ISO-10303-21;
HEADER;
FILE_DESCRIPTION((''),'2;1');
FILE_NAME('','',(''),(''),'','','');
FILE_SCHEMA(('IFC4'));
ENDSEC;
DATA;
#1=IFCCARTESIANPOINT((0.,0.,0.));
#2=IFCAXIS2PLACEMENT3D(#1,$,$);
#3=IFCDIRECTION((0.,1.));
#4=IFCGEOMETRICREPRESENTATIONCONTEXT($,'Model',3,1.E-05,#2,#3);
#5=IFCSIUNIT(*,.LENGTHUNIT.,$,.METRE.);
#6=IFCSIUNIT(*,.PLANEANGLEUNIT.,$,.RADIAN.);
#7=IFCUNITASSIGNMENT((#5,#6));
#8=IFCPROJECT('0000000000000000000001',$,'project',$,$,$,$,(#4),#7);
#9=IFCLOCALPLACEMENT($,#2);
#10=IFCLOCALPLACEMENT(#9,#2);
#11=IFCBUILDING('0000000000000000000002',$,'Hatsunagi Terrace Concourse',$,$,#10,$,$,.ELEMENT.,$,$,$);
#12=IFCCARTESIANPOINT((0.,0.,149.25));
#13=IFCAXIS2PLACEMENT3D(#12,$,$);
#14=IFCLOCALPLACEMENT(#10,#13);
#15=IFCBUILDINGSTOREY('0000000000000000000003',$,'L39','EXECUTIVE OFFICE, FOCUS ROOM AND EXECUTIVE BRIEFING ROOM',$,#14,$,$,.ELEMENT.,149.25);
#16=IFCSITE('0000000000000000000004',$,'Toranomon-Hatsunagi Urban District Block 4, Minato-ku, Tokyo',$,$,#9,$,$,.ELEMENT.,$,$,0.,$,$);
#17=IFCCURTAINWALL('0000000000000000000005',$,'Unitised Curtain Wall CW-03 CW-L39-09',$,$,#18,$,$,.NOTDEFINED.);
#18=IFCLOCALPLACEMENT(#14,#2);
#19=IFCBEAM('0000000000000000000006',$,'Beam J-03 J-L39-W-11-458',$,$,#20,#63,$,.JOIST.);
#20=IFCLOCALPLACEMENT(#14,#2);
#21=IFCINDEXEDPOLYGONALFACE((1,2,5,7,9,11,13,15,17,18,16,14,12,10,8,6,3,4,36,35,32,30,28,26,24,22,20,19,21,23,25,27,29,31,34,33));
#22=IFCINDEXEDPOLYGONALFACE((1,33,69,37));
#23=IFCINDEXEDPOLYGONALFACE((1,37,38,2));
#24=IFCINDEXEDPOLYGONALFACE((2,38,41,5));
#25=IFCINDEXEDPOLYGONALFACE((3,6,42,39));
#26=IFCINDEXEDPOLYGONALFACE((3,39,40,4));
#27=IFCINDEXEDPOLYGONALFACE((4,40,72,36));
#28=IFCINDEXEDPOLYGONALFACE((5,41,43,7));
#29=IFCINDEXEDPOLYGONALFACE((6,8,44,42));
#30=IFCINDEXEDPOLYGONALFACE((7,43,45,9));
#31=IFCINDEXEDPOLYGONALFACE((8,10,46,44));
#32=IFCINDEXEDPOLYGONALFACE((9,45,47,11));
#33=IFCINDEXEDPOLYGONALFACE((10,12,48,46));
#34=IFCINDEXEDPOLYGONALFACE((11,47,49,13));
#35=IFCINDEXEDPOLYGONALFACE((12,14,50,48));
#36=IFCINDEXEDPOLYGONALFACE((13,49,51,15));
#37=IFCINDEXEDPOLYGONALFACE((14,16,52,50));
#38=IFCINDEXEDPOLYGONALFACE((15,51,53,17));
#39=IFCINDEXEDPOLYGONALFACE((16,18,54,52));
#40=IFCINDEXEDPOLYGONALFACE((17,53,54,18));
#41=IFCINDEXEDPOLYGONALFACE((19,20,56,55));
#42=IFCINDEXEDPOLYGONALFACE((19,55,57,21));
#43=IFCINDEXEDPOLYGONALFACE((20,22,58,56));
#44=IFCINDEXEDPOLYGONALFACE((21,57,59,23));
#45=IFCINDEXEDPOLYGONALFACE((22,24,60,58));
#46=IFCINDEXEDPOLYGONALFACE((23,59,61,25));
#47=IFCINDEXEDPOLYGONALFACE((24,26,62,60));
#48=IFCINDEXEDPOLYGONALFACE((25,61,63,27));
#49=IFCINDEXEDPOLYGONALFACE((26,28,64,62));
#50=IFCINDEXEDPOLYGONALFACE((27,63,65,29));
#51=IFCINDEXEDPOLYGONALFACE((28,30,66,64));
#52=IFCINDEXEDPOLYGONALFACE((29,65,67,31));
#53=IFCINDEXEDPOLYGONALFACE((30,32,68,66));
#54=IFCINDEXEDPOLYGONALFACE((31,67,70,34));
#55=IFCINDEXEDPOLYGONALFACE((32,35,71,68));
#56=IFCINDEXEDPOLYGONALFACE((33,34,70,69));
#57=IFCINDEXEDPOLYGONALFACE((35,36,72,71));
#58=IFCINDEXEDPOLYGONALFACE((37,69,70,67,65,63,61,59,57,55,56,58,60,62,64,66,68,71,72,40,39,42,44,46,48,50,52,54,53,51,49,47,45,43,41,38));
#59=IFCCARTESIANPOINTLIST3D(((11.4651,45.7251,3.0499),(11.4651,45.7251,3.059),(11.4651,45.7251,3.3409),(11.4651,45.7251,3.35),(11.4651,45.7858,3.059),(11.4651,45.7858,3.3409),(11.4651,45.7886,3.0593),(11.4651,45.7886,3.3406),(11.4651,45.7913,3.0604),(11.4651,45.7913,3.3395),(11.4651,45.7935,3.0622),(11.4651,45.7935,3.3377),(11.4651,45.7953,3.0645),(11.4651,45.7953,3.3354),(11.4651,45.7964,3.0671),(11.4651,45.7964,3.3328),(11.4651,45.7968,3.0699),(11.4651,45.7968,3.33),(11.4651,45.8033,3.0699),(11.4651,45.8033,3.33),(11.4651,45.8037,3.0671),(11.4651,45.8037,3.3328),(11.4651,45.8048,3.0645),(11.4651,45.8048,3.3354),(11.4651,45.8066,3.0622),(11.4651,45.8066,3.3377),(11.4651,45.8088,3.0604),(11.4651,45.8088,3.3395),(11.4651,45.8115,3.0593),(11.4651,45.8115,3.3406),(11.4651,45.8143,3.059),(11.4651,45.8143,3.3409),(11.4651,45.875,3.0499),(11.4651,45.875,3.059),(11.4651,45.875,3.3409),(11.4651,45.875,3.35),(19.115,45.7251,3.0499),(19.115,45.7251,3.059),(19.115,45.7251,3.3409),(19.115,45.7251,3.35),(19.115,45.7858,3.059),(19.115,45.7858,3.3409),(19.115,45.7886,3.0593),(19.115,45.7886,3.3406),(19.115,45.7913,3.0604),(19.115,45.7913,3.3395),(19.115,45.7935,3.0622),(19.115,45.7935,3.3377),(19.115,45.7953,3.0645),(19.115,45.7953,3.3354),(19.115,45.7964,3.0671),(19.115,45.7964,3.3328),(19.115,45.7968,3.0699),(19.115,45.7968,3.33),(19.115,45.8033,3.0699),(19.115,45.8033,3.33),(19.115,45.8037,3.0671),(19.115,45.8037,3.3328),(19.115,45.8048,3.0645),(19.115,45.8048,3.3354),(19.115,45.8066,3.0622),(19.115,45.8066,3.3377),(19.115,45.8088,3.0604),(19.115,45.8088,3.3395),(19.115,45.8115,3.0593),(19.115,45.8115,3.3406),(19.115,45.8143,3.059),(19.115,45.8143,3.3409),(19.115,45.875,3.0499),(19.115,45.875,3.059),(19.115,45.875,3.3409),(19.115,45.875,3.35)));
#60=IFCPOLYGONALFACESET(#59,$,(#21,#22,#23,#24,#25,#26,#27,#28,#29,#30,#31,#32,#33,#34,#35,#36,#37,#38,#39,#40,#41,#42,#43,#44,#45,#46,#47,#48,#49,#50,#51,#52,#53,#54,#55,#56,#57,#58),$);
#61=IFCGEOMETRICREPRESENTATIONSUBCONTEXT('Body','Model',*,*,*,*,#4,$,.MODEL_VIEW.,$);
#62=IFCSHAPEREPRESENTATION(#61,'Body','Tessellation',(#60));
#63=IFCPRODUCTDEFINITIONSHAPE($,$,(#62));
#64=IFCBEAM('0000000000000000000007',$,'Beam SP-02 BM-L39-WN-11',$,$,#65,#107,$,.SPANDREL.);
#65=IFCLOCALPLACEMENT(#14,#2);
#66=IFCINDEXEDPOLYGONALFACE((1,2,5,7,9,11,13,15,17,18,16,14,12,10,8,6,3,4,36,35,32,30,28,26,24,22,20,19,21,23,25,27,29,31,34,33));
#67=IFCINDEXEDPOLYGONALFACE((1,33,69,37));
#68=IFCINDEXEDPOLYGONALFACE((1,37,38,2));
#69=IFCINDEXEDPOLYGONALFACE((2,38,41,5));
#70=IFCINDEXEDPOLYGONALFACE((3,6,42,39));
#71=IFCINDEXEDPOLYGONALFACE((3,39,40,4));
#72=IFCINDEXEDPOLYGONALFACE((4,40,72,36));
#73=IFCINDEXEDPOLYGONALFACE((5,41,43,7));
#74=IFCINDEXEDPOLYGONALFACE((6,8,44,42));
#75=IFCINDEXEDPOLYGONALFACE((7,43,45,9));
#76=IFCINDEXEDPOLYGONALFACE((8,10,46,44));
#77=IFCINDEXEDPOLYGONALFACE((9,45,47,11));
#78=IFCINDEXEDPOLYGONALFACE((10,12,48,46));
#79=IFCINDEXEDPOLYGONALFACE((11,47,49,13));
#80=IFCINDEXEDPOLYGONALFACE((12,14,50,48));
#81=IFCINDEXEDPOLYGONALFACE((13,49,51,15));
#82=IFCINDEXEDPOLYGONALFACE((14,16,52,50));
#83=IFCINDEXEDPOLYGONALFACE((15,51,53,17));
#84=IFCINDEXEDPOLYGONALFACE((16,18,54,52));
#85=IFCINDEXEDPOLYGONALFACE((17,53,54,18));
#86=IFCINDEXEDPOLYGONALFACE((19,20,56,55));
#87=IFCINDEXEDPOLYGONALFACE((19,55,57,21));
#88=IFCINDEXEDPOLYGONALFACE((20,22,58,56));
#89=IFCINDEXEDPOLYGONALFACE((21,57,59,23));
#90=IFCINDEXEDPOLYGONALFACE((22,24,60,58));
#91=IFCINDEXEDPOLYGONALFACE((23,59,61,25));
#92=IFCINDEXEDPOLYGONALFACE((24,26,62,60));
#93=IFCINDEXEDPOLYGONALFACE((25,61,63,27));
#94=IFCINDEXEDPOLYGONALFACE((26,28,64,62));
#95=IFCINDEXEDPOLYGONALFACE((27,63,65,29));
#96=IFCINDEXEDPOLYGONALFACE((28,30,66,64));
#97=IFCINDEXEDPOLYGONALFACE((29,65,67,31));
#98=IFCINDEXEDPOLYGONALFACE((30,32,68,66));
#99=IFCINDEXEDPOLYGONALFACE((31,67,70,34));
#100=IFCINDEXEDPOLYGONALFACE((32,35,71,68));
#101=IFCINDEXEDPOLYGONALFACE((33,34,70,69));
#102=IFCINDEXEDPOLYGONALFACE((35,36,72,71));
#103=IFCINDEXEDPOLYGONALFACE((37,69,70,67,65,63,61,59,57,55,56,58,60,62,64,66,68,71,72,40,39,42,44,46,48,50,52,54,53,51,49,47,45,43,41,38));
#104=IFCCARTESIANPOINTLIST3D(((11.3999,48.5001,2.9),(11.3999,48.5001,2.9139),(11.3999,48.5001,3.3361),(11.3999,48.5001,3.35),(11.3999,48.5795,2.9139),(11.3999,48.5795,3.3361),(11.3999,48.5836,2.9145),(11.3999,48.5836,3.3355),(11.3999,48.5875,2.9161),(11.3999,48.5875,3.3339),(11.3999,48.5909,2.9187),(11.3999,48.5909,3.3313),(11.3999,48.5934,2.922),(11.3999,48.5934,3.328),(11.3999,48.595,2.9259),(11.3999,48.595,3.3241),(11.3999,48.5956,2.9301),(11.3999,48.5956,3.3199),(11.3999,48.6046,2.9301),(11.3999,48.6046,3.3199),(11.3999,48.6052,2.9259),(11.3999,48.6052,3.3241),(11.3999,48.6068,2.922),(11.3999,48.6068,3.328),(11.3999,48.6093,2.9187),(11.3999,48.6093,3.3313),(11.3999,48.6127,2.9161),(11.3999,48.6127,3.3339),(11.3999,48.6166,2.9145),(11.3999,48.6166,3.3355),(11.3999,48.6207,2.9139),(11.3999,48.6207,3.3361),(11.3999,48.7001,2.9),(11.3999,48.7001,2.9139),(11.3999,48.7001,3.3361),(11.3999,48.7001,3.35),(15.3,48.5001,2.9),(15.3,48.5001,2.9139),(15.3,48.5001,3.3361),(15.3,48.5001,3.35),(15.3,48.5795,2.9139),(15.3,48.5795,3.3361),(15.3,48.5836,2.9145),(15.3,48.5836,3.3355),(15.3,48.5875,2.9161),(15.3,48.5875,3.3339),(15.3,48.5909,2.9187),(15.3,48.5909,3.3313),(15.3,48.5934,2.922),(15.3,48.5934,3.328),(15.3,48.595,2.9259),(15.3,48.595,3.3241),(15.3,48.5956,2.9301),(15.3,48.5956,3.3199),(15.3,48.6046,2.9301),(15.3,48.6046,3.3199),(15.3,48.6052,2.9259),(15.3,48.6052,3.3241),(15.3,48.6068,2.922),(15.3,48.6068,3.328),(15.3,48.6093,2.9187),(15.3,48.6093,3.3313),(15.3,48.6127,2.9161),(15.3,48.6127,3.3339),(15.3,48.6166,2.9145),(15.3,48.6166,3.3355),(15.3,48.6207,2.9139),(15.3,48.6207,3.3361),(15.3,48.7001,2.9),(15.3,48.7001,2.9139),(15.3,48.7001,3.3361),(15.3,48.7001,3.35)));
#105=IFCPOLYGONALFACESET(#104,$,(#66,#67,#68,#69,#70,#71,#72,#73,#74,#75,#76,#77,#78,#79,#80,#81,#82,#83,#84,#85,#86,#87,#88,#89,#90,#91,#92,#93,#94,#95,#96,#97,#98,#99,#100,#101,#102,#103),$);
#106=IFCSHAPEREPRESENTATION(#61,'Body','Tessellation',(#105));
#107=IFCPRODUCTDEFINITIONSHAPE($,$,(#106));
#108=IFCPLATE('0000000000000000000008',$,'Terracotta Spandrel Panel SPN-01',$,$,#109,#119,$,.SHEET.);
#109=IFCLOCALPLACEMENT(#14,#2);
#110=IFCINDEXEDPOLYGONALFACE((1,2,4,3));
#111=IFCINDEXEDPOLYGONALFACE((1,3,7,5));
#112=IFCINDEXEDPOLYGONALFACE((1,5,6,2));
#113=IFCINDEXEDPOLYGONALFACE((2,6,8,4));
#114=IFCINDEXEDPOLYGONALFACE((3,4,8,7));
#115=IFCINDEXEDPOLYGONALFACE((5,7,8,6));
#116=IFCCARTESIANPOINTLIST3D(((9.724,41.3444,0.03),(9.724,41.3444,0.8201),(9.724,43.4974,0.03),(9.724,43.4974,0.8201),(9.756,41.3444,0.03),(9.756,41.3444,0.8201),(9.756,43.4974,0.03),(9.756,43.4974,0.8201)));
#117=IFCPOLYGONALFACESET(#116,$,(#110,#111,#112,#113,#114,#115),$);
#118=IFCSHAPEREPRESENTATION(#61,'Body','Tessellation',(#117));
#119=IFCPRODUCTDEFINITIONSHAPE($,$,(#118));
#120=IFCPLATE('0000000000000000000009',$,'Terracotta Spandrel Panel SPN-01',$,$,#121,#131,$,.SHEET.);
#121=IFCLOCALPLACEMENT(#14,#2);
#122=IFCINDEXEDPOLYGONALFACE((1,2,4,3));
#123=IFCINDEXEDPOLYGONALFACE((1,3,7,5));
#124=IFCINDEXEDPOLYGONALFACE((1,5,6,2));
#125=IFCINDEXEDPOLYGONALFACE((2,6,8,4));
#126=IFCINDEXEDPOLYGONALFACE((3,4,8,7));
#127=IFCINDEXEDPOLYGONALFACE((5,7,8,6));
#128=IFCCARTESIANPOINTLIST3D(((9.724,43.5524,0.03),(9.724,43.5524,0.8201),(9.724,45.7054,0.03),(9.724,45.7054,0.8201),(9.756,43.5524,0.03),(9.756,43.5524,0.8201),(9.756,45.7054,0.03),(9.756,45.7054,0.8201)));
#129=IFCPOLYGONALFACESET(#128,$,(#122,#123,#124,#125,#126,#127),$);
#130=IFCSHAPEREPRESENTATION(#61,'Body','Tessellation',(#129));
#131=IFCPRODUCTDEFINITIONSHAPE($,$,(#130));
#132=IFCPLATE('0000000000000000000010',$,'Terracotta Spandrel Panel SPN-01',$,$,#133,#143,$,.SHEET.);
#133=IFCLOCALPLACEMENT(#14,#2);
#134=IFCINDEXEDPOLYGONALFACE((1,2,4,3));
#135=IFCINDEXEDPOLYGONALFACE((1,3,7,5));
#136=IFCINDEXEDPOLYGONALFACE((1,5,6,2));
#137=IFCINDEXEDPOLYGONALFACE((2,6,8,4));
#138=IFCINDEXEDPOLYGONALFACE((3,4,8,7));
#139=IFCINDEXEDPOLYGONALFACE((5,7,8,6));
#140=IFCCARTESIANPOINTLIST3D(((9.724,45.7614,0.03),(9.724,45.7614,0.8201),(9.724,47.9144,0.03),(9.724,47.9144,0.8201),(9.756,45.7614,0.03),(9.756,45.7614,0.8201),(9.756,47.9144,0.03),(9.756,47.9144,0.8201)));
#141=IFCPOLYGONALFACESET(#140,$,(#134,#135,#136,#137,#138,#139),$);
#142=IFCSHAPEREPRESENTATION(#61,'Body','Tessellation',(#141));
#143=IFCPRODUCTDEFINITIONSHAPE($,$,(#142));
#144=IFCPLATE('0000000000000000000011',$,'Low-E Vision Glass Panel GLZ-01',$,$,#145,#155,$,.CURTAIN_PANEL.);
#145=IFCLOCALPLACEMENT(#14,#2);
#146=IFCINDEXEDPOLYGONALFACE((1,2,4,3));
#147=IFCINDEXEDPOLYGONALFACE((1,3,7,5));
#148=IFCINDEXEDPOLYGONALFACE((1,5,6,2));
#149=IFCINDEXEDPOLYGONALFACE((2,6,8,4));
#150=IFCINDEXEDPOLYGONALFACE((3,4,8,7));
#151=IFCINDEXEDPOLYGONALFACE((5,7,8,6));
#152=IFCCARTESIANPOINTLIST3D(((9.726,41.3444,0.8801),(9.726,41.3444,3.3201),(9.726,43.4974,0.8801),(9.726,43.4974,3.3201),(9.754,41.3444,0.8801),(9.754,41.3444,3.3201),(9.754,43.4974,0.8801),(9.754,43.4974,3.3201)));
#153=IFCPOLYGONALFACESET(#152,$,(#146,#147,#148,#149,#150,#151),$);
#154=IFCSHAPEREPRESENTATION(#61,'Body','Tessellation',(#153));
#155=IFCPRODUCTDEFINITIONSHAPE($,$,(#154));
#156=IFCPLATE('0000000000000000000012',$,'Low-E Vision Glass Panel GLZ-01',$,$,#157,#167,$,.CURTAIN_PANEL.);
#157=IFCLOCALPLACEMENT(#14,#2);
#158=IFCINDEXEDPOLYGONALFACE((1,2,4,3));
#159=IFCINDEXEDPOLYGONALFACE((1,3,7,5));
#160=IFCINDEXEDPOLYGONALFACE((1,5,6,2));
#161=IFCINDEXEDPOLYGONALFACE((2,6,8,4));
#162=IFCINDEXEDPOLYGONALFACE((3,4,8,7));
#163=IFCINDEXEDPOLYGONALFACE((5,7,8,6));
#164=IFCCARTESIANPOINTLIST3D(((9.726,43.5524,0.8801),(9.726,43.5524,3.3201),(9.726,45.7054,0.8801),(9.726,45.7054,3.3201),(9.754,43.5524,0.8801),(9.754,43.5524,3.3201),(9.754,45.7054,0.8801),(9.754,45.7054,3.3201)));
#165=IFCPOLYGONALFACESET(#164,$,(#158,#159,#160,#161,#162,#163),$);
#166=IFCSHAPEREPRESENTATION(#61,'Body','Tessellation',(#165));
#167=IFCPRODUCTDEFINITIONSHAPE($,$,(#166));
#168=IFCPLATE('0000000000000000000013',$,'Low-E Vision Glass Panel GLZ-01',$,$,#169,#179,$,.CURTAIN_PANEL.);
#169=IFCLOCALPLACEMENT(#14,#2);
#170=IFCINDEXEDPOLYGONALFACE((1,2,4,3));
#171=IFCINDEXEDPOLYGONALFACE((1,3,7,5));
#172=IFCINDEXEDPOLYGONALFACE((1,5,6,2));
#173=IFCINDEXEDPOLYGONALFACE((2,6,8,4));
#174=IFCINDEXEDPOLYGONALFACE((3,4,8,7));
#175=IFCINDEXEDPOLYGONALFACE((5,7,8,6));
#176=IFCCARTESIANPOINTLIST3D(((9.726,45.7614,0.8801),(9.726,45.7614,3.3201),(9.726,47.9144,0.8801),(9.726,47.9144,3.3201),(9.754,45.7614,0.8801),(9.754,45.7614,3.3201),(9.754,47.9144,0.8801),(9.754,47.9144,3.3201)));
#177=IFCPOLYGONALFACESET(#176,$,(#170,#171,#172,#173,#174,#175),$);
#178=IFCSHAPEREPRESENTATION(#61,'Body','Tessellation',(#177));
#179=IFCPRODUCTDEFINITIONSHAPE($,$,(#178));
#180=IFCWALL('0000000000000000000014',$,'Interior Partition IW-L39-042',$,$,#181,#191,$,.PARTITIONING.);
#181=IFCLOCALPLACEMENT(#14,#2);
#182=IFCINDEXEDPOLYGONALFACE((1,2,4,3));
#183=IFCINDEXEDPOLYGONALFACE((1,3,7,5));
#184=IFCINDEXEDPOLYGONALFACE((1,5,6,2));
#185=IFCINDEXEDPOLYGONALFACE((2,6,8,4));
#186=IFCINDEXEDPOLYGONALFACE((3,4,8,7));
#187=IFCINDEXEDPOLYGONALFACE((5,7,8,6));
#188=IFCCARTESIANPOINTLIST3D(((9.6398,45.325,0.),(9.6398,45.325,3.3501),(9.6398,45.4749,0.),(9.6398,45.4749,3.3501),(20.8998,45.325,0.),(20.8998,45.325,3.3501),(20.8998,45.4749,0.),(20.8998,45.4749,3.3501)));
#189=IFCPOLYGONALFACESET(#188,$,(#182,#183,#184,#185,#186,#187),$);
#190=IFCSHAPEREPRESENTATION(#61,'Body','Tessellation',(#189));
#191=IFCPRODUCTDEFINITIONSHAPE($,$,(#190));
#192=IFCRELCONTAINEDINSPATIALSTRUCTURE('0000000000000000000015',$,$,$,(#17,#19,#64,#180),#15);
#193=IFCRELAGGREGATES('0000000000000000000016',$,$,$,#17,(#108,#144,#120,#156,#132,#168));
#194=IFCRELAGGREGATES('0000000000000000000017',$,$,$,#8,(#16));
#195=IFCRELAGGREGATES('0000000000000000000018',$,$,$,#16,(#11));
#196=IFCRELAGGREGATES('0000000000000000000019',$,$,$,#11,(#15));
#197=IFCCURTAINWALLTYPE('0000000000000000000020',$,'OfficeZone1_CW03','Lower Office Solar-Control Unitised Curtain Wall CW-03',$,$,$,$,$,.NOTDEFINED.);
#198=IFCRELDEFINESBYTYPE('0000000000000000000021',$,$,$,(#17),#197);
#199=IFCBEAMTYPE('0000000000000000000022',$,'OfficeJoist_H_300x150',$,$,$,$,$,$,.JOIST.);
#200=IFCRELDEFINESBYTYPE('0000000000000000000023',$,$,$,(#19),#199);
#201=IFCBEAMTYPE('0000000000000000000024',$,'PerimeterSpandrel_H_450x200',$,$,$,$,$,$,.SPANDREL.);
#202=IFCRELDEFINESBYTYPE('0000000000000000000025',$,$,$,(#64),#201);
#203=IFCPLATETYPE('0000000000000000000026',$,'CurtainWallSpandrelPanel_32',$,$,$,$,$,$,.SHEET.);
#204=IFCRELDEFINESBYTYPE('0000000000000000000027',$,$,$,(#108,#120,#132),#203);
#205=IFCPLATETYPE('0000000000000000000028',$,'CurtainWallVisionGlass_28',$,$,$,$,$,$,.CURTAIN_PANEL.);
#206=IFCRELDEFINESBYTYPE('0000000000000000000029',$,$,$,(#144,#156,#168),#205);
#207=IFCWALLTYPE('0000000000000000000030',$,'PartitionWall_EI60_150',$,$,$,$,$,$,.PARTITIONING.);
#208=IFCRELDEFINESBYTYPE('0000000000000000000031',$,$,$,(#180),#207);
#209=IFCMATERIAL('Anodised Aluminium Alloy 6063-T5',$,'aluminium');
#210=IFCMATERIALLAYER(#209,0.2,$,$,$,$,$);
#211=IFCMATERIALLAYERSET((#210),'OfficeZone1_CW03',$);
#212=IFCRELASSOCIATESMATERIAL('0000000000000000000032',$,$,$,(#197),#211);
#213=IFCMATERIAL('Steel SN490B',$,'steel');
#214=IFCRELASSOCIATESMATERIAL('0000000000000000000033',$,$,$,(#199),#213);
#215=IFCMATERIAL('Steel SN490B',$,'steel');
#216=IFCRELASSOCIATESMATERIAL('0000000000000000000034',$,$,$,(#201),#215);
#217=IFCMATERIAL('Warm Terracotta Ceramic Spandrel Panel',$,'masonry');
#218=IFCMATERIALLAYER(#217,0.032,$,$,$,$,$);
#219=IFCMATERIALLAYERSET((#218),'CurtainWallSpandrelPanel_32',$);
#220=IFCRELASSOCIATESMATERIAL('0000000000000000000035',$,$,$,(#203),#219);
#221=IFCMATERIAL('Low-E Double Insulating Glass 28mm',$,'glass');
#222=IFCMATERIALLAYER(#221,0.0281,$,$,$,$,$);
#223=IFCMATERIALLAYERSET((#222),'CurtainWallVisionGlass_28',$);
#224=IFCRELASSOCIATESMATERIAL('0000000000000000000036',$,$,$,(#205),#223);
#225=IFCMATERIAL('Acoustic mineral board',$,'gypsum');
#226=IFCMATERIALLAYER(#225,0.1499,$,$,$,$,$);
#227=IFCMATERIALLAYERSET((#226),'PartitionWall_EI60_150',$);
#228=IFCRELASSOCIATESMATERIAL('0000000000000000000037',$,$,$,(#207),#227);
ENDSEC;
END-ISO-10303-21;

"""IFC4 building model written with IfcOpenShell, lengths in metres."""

from ifc_helpers import new_model, si_unit, direction, frame, frame_2d, origin, origin_2d, place, context, subcontext, project, spatial, rectangle, i_section, extrude, material, layer, layer_set, material_profile, profile_set, type_object, element, aggregate, save


model = new_model("IFC4")

# Units and contexts
model_context = context("Model", 3, precision=1e-05, world=origin(), true_north=direction((0.0, 1.0)))
body_context = subcontext(model_context, "Body", "Model", "MODEL_VIEW")
ifc_project = project(units=[si_unit("LENGTHUNIT", "METRE"), si_unit("PLANEANGLEUNIT", "RADIAN")], contexts=[model_context])

# Site, building, storey
site_placement = place(None, origin())
site = spatial("IfcSite", under=ifc_project, at=site_placement, Name="Toranomon-Hatsunagi Urban District Block 4, Minato-ku, Tokyo", CompositionType="ELEMENT", RefElevation=0.0)
building_placement = place(site_placement, origin())
building = spatial("IfcBuilding", under=site, at=building_placement, Name="Hatsunagi Terrace Concourse", CompositionType="ELEMENT")
storey_placement = place(building_placement, frame((0.0, 0.0, 149.25)))
storey = spatial("IfcBuildingStorey", under=building, at=storey_placement, Name="L39", Description="EXECUTIVE OFFICE, FOCUS ROOM AND EXECUTIVE BRIEFING ROOM", CompositionType="ELEMENT", Elevation=149.25)

# Curtain wall
ifc_material_1 = material(Name="Anodised Aluminium Alloy 6063-T5", Category="aluminium")
ifc_layer_1 = layer(ifc_material_1, 0.2)
ifc_layer_set_1 = layer_set([ifc_layer_1], Name="OfficeZone1_CW03")
curtain_wall_type = type_object("IfcCurtainWallType", Name="OfficeZone1_CW03", Description="Lower Office Solar-Control Unitised Curtain Wall CW-03", PredefinedType="NOTDEFINED", material=ifc_layer_set_1)
curtain_wall_placement = place(storey_placement, origin())
curtain_wall = element("IfcCurtainWall", 1, at=curtain_wall_placement, inside=storey, type_object=curtain_wall_type, Name="Unitised Curtain Wall CW-03 CW-L39-09", PredefinedType="NOTDEFINED")

# Beams
ifc_material_2 = material(Name="Steel SN490B", Category="steel")
ifc_material_profile_1 = material_profile(ifc_material_2, i_section(OverallWidth=0.1499, OverallDepth=0.3, WebThickness=0.0066, FlangeThickness=0.009, FilletRadius=0.011, at=origin_2d()), Name="H-300x150x6.5x9")
ifc_profile_set_1 = profile_set([ifc_material_profile_1], Name="Steel SN490B")
beam_type_1 = type_object("IfcBeamType", Name="OfficeJoist_H_300x150", PredefinedType="JOIST", material=ifc_profile_set_1)
for number, where, z_axis, x_axis, name in (
    (2, (11.4651, 45.8, 3.2), (1.0, 0.0, 0.0), (0.0, 1.0, 0.0), "Beam J-03 J-L39-W-11-458"),
):
    element("IfcBeam", number, at=place(storey_placement, frame(where, z_axis=z_axis, x_axis=x_axis)), inside=storey, type_object=beam_type_1, Name=name, PredefinedType="JOIST", context=body_context, shape_type="SweptSolid", body=[
        extrude(i_section(OverallWidth=0.1499, OverallDepth=0.3, WebThickness=0.0066, FlangeThickness=0.009, FilletRadius=0.011, at=origin_2d()), origin(), (0.0, 0.0, 1.0), 7.6499),
    ])
ifc_material_3 = material(Name="Steel SN490B", Category="steel")
ifc_material_profile_2 = material_profile(ifc_material_3, i_section(OverallWidth=0.2, OverallDepth=0.45, WebThickness=0.009, FlangeThickness=0.0139, FilletRadius=0.0161, at=origin_2d()), Name="H-450x200x9x14")
ifc_profile_set_2 = profile_set([ifc_material_profile_2], Name="Steel SN490B")
beam_type_2 = type_object("IfcBeamType", Name="PerimeterSpandrel_H_450x200", PredefinedType="SPANDREL", material=ifc_profile_set_2)
beam_placement = place(storey_placement, frame((11.3999, 48.6001, 3.125), z_axis=(1.0, 0.0, 0.0), x_axis=(0.0, 1.0, 0.0)))
element("IfcBeam", 3, at=beam_placement, inside=storey, type_object=beam_type_2, Name="Beam SP-02 BM-L39-WN-11", PredefinedType="SPANDREL", context=body_context, shape_type="SweptSolid", body=[
    extrude(i_section(OverallWidth=0.2, OverallDepth=0.45, WebThickness=0.009, FlangeThickness=0.0139, FilletRadius=0.0161, at=origin_2d()), origin(), (0.0, 0.0, 1.0), 3.9001),
])

# Plates
ifc_material_4 = material(Name="Warm Terracotta Ceramic Spandrel Panel", Category="masonry")
ifc_layer_2 = layer(ifc_material_4, 0.032)
ifc_layer_set_2 = layer_set([ifc_layer_2], Name="CurtainWallSpandrelPanel_32")
plate_type_1 = type_object("IfcPlateType", Name="CurtainWallSpandrelPanel_32", PredefinedType="SHEET", material=ifc_layer_set_2)
plate_1_placement = place(storey_placement, frame((9.74, 42.4209, 0.03), z_axis=(0.0, 0.0, 1.0), x_axis=(0.0, 1.0, 0.0)))
plate_1 = element("IfcPlate", 4, at=plate_1_placement, type_object=plate_type_1, Name="Terracotta Spandrel Panel SPN-01", PredefinedType="SHEET", context=body_context, shape_type="SweptSolid", body=[
    extrude(rectangle(XDim=2.1531, YDim=0.032, at=origin_2d()), origin(), (0.0, 0.0, 1.0), 0.79),
])
plate_2_placement = place(storey_placement, frame((9.74, 44.6289, 0.03), z_axis=(0.0, 0.0, 1.0), x_axis=(0.0, 1.0, 0.0)))
plate_2 = element("IfcPlate", 5, at=plate_2_placement, type_object=plate_type_1, Name="Terracotta Spandrel Panel SPN-01", PredefinedType="SHEET", context=body_context, shape_type="SweptSolid", body=[
    extrude(rectangle(XDim=2.1531, YDim=0.032, at=origin_2d()), origin(), (0.0, 0.0, 1.0), 0.79),
])
plate_3_placement = place(storey_placement, frame((9.74, 46.8379, 0.03), z_axis=(0.0, 0.0, 1.0), x_axis=(0.0, 1.0, 0.0)))
plate_3 = element("IfcPlate", 6, at=plate_3_placement, type_object=plate_type_1, Name="Terracotta Spandrel Panel SPN-01", PredefinedType="SHEET", context=body_context, shape_type="SweptSolid", body=[
    extrude(rectangle(XDim=2.1531, YDim=0.032, at=origin_2d()), origin(), (0.0, 0.0, 1.0), 0.79),
])
ifc_material_5 = material(Name="Low-E Double Insulating Glass 28mm", Category="glass")
ifc_layer_3 = layer(ifc_material_5, 0.0281)
ifc_layer_set_3 = layer_set([ifc_layer_3], Name="CurtainWallVisionGlass_28")
plate_type_2 = type_object("IfcPlateType", Name="CurtainWallVisionGlass_28", PredefinedType="CURTAIN_PANEL", material=ifc_layer_set_3)
plate_4_placement = place(storey_placement, frame((9.74, 42.4209, 0.8801), z_axis=(0.0, 0.0, 1.0), x_axis=(0.0, 1.0, 0.0)))
plate_4 = element("IfcPlate", 7, at=plate_4_placement, type_object=plate_type_2, Name="Low-E Vision Glass Panel GLZ-01", PredefinedType="CURTAIN_PANEL", context=body_context, shape_type="SweptSolid", body=[
    extrude(rectangle(XDim=2.1531, YDim=0.0281, at=origin_2d()), origin(), (0.0, 0.0, 1.0), 2.4399),
])
plate_5_placement = place(storey_placement, frame((9.74, 44.6289, 0.8801), z_axis=(0.0, 0.0, 1.0), x_axis=(0.0, 1.0, 0.0)))
plate_5 = element("IfcPlate", 8, at=plate_5_placement, type_object=plate_type_2, Name="Low-E Vision Glass Panel GLZ-01", PredefinedType="CURTAIN_PANEL", context=body_context, shape_type="SweptSolid", body=[
    extrude(rectangle(XDim=2.1531, YDim=0.0281, at=origin_2d()), origin(), (0.0, 0.0, 1.0), 2.4399),
])
plate_6_placement = place(storey_placement, frame((9.74, 46.8379, 0.8801), z_axis=(0.0, 0.0, 1.0), x_axis=(0.0, 1.0, 0.0)))
plate_6 = element("IfcPlate", 9, at=plate_6_placement, type_object=plate_type_2, Name="Low-E Vision Glass Panel GLZ-01", PredefinedType="CURTAIN_PANEL", context=body_context, shape_type="SweptSolid", body=[
    extrude(rectangle(XDim=2.1531, YDim=0.0281, at=origin_2d()), origin(), (0.0, 0.0, 1.0), 2.4399),
])
aggregate(curtain_wall, [plate_1, plate_4, plate_2, plate_5, plate_3, plate_6])

# Wall
ifc_material_6 = material(Name="Acoustic mineral board", Category="gypsum")
ifc_layer_4 = layer(ifc_material_6, 0.1499)
ifc_layer_set_4 = layer_set([ifc_layer_4], Name="PartitionWall_EI60_150")
wall_type_1 = type_object("IfcWallType", Name="PartitionWall_EI60_150", PredefinedType="PARTITIONING", material=ifc_layer_set_4)
wall_1_placement = place(storey_placement, frame((9.6399, 45.3999, 0.0), z_axis=(0.0, 0.0, 1.0), x_axis=(1.0, 0.0, 0.0)))
element("IfcWall", 10, at=wall_1_placement, inside=storey, type_object=wall_type_1, Name="Interior Partition IW-L39-042", PredefinedType="PARTITIONING", context=body_context, shape_type="SweptSolid", body=[
    extrude(rectangle(XDim=11.26, YDim=0.1499, at=frame_2d((5.6299, 0.0))), origin(), (0.0, 0.0, 1.0), 3.3501),
])

save(model, "model.ifc")
